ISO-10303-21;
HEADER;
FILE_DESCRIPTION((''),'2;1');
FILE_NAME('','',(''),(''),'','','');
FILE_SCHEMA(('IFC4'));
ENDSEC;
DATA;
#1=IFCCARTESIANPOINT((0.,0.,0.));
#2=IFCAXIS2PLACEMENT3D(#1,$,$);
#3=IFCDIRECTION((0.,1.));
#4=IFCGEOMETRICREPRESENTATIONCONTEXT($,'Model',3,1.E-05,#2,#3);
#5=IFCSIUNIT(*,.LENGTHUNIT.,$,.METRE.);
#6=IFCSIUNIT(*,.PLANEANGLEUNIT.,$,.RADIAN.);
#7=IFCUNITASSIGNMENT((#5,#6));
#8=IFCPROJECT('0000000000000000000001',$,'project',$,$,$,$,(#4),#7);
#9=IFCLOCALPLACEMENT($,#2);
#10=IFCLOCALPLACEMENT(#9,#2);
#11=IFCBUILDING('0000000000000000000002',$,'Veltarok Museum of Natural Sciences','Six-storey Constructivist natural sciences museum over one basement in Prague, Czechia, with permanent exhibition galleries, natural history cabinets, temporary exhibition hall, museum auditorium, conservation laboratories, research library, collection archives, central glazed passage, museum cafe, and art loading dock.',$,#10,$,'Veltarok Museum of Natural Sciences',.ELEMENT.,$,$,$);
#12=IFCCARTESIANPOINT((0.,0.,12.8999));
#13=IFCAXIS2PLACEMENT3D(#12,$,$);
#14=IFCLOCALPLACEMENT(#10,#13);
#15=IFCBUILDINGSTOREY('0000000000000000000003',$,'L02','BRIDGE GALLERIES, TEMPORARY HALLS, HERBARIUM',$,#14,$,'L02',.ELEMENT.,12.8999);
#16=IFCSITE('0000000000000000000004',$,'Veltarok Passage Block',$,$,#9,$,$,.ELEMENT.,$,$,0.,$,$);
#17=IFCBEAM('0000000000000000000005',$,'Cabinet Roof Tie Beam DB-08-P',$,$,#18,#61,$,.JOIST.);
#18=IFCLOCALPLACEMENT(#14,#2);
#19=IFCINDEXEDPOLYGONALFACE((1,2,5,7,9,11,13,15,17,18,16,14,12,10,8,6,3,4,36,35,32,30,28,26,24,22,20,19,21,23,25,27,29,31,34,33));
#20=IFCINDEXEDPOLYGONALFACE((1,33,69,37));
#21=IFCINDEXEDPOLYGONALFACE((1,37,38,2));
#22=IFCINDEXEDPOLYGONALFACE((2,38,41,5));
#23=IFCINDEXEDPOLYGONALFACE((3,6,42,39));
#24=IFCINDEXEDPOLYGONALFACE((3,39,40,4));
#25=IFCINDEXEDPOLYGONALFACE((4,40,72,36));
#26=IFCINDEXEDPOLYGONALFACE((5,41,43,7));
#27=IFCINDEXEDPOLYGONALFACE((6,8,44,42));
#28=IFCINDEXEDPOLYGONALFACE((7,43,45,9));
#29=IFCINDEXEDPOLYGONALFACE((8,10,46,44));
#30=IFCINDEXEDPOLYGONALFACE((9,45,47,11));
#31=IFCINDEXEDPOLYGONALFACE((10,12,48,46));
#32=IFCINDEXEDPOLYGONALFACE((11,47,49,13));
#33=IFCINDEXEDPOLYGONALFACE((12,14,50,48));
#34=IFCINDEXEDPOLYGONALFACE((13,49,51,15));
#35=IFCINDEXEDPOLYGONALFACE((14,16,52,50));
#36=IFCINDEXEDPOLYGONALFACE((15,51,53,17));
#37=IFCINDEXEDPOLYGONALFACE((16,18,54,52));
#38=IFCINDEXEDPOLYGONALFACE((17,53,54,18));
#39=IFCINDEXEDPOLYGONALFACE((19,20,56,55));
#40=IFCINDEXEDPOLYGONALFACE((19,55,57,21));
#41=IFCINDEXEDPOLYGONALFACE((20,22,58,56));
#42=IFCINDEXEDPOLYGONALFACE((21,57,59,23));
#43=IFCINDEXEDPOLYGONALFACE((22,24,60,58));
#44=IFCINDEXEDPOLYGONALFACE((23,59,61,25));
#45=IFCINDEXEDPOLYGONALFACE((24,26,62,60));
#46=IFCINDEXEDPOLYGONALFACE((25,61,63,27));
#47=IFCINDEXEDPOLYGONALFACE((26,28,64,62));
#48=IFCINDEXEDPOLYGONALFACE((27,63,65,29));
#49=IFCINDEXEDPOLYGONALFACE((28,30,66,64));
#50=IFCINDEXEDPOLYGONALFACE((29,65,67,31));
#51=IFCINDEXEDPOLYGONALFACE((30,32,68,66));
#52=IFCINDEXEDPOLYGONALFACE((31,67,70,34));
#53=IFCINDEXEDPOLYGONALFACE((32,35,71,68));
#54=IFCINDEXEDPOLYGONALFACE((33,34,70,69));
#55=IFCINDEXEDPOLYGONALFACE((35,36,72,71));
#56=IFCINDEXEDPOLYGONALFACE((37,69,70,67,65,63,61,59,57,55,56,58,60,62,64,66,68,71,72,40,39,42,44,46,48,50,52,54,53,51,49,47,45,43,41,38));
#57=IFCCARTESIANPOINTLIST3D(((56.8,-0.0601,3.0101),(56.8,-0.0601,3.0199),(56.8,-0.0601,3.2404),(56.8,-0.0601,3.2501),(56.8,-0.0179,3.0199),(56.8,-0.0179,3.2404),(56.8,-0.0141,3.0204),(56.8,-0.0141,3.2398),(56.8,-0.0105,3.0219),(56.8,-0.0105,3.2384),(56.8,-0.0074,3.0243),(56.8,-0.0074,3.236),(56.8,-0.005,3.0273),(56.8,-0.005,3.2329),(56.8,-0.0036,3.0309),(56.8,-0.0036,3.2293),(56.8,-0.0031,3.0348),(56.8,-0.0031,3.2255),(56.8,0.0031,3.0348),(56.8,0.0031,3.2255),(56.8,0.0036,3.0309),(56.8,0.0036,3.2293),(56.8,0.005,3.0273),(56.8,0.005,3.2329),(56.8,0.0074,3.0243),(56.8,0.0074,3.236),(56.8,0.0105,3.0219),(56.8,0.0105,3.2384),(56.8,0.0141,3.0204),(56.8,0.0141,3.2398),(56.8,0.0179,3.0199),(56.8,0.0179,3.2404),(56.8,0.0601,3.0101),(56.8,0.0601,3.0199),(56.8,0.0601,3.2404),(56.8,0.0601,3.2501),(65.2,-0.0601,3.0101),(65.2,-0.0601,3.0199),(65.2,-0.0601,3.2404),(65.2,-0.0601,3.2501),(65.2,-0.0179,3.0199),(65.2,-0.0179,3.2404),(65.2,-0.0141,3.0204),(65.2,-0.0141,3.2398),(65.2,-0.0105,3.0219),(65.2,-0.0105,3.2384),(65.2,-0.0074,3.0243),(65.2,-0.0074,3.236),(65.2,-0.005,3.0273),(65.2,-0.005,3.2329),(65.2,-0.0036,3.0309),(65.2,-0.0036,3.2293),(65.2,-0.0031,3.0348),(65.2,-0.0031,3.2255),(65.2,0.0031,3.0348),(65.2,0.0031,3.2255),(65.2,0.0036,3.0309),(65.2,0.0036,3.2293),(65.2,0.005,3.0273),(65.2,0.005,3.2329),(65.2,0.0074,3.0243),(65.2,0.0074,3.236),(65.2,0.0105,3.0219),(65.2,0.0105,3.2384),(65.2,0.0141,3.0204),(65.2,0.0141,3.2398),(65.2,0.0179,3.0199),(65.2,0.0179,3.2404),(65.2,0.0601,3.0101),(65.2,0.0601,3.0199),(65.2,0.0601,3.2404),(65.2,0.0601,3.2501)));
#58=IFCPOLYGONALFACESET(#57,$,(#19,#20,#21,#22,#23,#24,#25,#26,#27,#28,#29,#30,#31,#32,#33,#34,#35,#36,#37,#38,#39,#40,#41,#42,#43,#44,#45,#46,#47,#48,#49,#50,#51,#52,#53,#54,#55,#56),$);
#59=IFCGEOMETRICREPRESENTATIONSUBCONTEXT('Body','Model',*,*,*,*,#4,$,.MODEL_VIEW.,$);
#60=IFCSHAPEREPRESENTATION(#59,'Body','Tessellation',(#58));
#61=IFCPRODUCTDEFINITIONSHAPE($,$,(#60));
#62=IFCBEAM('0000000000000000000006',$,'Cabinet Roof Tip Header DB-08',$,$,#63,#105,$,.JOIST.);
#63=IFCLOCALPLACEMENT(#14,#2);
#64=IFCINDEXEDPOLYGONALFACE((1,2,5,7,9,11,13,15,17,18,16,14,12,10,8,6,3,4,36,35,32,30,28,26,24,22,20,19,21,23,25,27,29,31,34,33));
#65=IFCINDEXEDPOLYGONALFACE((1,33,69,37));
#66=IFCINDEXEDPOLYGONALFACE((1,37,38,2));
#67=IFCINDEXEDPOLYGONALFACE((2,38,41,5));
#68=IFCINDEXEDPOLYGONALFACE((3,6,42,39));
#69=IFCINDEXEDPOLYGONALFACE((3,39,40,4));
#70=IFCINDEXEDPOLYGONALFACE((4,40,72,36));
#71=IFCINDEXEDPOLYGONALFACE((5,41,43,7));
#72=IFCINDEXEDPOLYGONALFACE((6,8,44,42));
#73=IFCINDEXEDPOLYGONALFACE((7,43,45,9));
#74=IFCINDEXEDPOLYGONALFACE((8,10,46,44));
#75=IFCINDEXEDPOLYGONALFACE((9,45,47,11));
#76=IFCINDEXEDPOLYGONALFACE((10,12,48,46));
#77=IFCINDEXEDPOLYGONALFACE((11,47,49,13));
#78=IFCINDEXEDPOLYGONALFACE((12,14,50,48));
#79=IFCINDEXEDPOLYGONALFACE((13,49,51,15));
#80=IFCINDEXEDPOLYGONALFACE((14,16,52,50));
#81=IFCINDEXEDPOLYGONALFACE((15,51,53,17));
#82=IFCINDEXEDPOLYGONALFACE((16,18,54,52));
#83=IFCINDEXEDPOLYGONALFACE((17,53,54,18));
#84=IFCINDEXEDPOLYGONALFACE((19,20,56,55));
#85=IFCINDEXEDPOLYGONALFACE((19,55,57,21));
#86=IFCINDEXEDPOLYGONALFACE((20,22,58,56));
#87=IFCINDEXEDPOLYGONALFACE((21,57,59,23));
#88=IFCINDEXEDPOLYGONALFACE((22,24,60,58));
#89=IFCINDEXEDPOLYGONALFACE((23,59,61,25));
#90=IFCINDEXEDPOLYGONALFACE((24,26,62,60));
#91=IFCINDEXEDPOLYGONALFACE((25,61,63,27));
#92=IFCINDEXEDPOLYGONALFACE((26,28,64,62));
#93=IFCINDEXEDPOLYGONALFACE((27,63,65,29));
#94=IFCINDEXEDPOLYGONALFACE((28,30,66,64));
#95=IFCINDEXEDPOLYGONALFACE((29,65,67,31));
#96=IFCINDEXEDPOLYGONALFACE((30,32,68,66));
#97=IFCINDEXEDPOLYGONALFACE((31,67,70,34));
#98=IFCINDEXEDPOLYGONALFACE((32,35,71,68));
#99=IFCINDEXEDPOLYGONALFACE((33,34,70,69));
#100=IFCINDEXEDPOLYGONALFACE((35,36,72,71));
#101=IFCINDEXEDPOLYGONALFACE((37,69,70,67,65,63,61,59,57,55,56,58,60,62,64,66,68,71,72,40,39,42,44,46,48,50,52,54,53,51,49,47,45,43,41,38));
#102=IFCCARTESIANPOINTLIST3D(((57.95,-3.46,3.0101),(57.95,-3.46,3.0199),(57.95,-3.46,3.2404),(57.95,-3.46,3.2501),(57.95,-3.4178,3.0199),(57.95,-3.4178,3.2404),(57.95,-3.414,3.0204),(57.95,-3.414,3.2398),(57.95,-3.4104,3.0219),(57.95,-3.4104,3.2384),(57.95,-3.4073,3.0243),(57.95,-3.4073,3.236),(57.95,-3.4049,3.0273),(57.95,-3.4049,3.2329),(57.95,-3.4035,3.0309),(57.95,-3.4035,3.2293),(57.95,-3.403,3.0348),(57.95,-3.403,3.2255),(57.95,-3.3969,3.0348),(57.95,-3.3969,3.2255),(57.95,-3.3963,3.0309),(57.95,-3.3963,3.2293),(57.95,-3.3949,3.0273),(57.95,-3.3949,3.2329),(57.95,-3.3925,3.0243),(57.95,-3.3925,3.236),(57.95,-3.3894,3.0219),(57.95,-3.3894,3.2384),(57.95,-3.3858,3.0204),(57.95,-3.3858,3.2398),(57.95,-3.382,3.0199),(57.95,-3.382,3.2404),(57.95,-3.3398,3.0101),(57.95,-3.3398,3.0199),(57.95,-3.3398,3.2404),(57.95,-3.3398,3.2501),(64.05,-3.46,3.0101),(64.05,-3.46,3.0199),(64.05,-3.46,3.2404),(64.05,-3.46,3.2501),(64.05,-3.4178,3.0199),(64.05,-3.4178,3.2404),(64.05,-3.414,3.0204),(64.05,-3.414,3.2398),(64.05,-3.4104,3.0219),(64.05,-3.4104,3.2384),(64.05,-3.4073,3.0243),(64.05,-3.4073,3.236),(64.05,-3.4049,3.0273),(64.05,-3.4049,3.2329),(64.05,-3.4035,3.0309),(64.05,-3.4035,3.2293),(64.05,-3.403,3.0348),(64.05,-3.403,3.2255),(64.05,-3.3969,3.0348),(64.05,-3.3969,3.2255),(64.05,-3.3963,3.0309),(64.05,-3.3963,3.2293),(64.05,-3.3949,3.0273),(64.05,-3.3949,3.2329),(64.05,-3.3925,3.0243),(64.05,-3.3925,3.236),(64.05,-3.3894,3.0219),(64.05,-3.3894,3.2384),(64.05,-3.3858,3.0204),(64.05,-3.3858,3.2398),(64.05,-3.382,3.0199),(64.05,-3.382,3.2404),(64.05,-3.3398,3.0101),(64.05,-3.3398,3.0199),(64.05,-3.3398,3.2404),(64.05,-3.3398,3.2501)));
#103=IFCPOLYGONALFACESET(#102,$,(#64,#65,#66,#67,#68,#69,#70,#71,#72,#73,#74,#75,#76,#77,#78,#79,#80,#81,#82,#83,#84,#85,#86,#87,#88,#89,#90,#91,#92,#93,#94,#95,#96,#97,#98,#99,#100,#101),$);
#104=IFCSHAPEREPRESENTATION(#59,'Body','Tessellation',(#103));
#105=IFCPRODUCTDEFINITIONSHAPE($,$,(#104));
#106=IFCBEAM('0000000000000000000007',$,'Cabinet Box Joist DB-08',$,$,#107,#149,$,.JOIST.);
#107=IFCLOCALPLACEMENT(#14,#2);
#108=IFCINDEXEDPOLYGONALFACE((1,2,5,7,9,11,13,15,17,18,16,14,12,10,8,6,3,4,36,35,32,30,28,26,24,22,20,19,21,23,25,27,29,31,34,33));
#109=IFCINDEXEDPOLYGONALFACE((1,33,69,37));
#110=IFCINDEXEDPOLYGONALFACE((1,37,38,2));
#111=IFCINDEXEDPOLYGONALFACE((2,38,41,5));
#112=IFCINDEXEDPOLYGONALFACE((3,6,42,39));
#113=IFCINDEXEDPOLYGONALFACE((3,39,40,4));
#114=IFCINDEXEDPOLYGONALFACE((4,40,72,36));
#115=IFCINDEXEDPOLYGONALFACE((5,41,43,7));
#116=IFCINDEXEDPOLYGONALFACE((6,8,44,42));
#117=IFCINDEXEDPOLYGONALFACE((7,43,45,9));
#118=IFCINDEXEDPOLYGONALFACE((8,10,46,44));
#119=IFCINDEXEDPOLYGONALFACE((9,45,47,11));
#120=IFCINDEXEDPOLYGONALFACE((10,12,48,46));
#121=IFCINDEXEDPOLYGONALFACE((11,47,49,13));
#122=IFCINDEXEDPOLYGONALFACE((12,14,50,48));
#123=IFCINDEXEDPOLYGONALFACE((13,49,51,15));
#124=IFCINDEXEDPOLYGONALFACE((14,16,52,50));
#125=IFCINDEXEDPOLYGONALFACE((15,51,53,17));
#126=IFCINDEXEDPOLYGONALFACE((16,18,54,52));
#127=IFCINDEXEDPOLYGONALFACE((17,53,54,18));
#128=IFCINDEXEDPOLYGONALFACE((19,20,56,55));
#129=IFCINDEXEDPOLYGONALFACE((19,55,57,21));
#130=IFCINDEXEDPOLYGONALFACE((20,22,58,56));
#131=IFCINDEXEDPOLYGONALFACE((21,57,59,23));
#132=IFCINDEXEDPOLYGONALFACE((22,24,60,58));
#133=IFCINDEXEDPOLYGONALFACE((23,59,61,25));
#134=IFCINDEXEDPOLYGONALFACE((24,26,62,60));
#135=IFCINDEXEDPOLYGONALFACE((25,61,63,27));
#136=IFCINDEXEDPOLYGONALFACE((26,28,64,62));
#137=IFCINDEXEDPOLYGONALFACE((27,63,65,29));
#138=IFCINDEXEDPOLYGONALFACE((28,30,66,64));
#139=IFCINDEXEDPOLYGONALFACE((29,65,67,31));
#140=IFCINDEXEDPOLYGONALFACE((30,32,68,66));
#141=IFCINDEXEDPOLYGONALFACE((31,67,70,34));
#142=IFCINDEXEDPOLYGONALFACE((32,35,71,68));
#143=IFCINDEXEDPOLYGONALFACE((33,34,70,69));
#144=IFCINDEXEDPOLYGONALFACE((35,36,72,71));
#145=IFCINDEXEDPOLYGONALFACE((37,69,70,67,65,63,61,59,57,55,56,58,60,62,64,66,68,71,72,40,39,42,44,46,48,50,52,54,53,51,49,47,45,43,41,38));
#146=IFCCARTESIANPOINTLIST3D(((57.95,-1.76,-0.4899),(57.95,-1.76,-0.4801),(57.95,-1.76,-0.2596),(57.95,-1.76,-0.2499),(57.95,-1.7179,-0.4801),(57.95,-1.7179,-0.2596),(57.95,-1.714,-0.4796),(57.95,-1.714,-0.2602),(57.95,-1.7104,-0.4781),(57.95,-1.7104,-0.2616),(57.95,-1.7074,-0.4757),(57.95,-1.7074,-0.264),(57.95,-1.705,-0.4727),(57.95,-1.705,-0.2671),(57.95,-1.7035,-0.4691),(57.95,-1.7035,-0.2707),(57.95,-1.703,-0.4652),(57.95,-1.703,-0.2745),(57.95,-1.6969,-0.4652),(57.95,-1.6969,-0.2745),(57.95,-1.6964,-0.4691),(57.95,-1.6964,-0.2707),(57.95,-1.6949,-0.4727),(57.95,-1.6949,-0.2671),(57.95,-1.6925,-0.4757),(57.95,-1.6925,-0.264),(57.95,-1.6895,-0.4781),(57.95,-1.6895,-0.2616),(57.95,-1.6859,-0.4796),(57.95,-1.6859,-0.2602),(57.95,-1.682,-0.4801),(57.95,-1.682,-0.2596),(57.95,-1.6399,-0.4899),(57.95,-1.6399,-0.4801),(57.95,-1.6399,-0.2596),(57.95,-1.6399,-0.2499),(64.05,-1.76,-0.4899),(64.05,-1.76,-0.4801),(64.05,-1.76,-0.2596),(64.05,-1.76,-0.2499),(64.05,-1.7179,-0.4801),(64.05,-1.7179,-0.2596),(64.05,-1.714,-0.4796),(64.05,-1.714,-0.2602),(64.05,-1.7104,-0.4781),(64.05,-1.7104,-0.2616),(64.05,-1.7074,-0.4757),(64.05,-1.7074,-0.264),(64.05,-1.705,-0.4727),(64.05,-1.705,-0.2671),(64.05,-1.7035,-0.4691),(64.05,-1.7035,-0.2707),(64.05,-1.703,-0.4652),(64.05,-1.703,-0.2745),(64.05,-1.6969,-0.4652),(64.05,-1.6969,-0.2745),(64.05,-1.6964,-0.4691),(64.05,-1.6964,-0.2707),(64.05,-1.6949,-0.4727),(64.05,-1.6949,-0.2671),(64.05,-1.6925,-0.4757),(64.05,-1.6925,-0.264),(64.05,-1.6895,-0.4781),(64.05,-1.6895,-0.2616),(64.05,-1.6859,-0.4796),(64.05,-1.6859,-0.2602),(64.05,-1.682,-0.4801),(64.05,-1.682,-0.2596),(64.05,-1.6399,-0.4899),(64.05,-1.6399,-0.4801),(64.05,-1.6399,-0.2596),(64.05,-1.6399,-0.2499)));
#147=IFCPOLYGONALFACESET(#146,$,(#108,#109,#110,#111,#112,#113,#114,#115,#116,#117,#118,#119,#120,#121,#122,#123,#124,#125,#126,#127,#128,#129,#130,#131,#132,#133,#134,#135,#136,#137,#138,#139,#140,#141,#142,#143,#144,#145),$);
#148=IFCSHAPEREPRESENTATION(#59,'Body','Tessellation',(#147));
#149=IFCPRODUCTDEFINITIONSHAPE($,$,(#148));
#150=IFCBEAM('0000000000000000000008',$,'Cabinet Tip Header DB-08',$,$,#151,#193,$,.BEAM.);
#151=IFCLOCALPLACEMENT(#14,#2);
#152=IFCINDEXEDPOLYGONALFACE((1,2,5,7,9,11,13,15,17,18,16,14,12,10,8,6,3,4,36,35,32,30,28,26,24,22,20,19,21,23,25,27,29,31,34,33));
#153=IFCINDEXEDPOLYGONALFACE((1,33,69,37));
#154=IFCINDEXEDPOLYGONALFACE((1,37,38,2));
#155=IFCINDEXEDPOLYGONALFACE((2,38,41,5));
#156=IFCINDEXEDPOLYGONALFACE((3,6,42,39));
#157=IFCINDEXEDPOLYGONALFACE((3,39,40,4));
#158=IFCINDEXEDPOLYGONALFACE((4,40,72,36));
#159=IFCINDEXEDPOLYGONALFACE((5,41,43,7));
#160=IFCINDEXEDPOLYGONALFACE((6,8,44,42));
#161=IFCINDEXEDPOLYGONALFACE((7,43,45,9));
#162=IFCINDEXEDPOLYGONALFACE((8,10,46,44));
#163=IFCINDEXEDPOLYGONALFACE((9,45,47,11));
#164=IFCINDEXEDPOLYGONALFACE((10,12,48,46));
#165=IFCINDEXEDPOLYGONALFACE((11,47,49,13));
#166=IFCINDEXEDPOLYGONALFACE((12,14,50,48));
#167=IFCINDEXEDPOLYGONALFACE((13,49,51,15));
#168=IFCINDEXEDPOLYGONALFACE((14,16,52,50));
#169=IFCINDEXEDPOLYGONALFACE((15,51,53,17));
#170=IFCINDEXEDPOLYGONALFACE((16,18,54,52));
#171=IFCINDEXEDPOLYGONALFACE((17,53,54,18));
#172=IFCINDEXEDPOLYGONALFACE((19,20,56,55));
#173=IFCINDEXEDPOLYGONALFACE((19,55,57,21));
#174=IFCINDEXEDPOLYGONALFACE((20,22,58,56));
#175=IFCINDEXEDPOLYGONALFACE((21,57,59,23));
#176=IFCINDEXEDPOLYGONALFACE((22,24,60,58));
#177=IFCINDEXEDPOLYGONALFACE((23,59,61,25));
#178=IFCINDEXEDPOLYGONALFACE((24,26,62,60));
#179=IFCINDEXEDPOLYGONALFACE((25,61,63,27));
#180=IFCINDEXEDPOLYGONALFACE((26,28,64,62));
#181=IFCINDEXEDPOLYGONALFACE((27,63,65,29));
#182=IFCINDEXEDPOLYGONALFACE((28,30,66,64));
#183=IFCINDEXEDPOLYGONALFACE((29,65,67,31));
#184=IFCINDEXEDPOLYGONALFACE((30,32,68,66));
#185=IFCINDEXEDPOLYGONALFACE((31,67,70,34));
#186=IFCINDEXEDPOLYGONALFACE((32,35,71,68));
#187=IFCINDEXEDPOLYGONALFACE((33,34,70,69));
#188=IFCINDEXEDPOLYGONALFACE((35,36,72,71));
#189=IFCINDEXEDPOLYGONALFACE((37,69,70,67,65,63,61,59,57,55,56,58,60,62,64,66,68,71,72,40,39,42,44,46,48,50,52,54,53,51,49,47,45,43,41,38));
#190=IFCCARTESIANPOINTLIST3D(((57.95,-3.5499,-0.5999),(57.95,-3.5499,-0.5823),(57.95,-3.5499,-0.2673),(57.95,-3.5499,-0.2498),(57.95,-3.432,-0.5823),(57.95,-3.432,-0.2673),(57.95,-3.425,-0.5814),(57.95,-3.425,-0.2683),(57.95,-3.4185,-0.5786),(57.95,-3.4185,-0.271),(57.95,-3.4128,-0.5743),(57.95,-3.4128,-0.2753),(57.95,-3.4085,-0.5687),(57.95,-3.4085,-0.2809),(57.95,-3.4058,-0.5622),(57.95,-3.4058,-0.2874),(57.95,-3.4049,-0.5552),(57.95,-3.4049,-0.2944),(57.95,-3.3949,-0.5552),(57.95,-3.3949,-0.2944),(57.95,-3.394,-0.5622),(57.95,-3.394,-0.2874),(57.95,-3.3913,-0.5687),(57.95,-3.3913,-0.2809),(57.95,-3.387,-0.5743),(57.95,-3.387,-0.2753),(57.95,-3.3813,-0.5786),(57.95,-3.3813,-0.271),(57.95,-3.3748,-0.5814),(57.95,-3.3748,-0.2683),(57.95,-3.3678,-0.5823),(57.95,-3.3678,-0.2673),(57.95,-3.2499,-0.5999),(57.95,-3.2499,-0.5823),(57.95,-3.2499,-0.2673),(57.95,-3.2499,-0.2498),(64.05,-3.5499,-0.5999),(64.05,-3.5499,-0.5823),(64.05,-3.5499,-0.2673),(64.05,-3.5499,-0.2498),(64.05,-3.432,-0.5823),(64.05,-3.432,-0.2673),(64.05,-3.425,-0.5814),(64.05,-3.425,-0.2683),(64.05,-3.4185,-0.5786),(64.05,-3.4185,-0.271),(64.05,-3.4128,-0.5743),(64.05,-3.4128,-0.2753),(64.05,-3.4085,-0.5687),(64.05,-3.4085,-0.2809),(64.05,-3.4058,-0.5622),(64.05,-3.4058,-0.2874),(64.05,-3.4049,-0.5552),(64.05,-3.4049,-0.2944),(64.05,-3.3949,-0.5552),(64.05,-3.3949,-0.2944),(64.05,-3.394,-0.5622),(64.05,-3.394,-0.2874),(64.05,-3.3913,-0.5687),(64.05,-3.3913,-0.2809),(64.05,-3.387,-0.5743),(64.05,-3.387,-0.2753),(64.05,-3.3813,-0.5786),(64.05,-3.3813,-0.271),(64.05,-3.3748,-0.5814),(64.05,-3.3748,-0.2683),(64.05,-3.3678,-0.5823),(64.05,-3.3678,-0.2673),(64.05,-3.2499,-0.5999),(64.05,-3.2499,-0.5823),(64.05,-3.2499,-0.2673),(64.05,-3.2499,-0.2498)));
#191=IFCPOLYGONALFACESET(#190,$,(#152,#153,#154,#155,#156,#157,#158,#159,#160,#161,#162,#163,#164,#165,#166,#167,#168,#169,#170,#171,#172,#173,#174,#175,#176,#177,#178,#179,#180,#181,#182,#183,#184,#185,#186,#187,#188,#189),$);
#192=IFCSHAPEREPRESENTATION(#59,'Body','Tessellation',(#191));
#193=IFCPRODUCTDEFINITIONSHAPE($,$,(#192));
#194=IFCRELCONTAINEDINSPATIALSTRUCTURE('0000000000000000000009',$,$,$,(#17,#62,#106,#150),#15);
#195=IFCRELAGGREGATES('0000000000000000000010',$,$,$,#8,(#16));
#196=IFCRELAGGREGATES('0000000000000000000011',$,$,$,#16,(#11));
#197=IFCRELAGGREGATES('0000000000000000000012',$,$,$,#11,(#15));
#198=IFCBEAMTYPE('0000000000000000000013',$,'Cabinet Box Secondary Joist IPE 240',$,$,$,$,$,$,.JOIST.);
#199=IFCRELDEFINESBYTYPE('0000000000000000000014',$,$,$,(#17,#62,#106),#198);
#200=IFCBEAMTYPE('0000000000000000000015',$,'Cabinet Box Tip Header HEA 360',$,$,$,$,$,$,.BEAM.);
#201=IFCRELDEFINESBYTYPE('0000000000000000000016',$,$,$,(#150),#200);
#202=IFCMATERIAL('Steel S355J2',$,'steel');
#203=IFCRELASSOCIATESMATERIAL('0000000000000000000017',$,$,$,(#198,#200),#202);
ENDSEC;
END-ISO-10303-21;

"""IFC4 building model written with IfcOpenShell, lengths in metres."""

from ifc_helpers import new_model, si_unit, direction, frame, origin, origin_2d, place, context, subcontext, project, spatial, i_section, extrude, material, material_profile, profile_set, type_object, element, save


model = new_model("IFC4")

# Units and contexts
model_context = context("Model", 3, precision=1e-05, world=origin(), true_north=direction((0.0, 1.0)))
body_context = subcontext(model_context, "Body", "Model", "MODEL_VIEW")
ifc_project = project(units=[si_unit("LENGTHUNIT", "METRE"), si_unit("PLANEANGLEUNIT", "RADIAN")], contexts=[model_context])

# Site, building, storey
site_placement = place(None, origin())
site = spatial("IfcSite", under=ifc_project, at=site_placement, Name="Veltarok Passage Block", CompositionType="ELEMENT", RefElevation=0.0)
building_placement = place(site_placement, origin())
building = spatial("IfcBuilding", under=site, at=building_placement, Name="Veltarok Museum of Natural Sciences", Description="Six-storey Constructivist natural sciences museum over one basement in Prague, Czechia, with permanent exhibition galleries, natural history cabinets, temporary exhibition hall, museum auditorium, conservation laboratories, research library, collection archives, central glazed passage, museum cafe, and art loading dock.", LongName="Veltarok Museum of Natural Sciences", CompositionType="ELEMENT")
storey_placement = place(building_placement, frame((0.0, 0.0, 12.8999)))
storey = spatial("IfcBuildingStorey", under=building, at=storey_placement, Name="L02", Description="BRIDGE GALLERIES, TEMPORARY HALLS, HERBARIUM", LongName="L02", CompositionType="ELEMENT", Elevation=12.8999)

# Beams
ifc_material_1 = material(Name="Steel S355J2", Category="steel")
ifc_material_profile_1 = material_profile(ifc_material_1, i_section(OverallWidth=0.1201, OverallDepth=0.24, WebThickness=0.0061, FlangeThickness=0.0098, FilletRadius=0.0149, at=origin_2d()), Name="IPE 240")
ifc_profile_set_1 = profile_set([ifc_material_profile_1], Name="Steel S355J2")
beam_type_1 = type_object("IfcBeamType", Name="Cabinet Box Secondary Joist IPE 240", PredefinedType="JOIST", material=ifc_profile_set_1)
beam_1_placement = place(storey_placement, frame((56.8, 0.0, 3.1301), z_axis=(1.0, 0.0, 0.0), x_axis=(0.0, 1.0, 0.0)))
element("IfcBeam", 1, at=beam_1_placement, inside=storey, type_object=beam_type_1, Name="Cabinet Roof Tie Beam DB-08-P", PredefinedType="JOIST", context=body_context, shape_type="SweptSolid", body=[
    extrude(i_section(OverallWidth=0.1201, OverallDepth=0.24, WebThickness=0.0061, FlangeThickness=0.0098, FilletRadius=0.0149, at=origin_2d()), origin(), (0.0, 0.0, 1.0), 8.3999),
])
for number, where, z_axis, x_axis, name in (
    (2, (57.95, -3.3999, 3.1301), (1.0, 0.0, 0.0), (0.0, 1.0, 0.0), "Cabinet Roof Tip Header DB-08"),
    (3, (57.95, -1.7, -0.3699), (1.0, 0.0, 0.0), (0.0, 1.0, 0.0), "Cabinet Box Joist DB-08"),
):
    element("IfcBeam", number, at=place(storey_placement, frame(where, z_axis=z_axis, x_axis=x_axis)), inside=storey, type_object=beam_type_1, Name=name, PredefinedType="JOIST", context=body_context, shape_type="SweptSolid", body=[
        extrude(i_section(OverallWidth=0.1201, OverallDepth=0.24, WebThickness=0.0061, FlangeThickness=0.0098, FilletRadius=0.0149, at=origin_2d()), origin(), (0.0, 0.0, 1.0), 6.1001),
    ])
ifc_material_profile_2 = material_profile(ifc_material_1, i_section(OverallWidth=0.3, OverallDepth=0.3501, WebThickness=0.01, FlangeThickness=0.0176, FilletRadius=0.0271, at=origin_2d()), Name="HEA 360")
ifc_profile_set_2 = profile_set([ifc_material_profile_2], Name="Steel S355J2")
beam_type_2 = type_object("IfcBeamType", Name="Cabinet Box Tip Header HEA 360", PredefinedType="BEAM", material=ifc_profile_set_2)
beam_2_placement = place(storey_placement, frame((57.95, -3.3999, -0.4248), z_axis=(1.0, 0.0, 0.0), x_axis=(0.0, 1.0, 0.0)))
element("IfcBeam", 4, at=beam_2_placement, inside=storey, type_object=beam_type_2, Name="Cabinet Tip Header DB-08", PredefinedType="BEAM", context=body_context, shape_type="SweptSolid", body=[
    extrude(i_section(OverallWidth=0.3, OverallDepth=0.3501, WebThickness=0.01, FlangeThickness=0.0176, FilletRadius=0.0271, at=origin_2d()), origin(), (0.0, 0.0, 1.0), 6.1001),
])

save(model, "model.ifc")
